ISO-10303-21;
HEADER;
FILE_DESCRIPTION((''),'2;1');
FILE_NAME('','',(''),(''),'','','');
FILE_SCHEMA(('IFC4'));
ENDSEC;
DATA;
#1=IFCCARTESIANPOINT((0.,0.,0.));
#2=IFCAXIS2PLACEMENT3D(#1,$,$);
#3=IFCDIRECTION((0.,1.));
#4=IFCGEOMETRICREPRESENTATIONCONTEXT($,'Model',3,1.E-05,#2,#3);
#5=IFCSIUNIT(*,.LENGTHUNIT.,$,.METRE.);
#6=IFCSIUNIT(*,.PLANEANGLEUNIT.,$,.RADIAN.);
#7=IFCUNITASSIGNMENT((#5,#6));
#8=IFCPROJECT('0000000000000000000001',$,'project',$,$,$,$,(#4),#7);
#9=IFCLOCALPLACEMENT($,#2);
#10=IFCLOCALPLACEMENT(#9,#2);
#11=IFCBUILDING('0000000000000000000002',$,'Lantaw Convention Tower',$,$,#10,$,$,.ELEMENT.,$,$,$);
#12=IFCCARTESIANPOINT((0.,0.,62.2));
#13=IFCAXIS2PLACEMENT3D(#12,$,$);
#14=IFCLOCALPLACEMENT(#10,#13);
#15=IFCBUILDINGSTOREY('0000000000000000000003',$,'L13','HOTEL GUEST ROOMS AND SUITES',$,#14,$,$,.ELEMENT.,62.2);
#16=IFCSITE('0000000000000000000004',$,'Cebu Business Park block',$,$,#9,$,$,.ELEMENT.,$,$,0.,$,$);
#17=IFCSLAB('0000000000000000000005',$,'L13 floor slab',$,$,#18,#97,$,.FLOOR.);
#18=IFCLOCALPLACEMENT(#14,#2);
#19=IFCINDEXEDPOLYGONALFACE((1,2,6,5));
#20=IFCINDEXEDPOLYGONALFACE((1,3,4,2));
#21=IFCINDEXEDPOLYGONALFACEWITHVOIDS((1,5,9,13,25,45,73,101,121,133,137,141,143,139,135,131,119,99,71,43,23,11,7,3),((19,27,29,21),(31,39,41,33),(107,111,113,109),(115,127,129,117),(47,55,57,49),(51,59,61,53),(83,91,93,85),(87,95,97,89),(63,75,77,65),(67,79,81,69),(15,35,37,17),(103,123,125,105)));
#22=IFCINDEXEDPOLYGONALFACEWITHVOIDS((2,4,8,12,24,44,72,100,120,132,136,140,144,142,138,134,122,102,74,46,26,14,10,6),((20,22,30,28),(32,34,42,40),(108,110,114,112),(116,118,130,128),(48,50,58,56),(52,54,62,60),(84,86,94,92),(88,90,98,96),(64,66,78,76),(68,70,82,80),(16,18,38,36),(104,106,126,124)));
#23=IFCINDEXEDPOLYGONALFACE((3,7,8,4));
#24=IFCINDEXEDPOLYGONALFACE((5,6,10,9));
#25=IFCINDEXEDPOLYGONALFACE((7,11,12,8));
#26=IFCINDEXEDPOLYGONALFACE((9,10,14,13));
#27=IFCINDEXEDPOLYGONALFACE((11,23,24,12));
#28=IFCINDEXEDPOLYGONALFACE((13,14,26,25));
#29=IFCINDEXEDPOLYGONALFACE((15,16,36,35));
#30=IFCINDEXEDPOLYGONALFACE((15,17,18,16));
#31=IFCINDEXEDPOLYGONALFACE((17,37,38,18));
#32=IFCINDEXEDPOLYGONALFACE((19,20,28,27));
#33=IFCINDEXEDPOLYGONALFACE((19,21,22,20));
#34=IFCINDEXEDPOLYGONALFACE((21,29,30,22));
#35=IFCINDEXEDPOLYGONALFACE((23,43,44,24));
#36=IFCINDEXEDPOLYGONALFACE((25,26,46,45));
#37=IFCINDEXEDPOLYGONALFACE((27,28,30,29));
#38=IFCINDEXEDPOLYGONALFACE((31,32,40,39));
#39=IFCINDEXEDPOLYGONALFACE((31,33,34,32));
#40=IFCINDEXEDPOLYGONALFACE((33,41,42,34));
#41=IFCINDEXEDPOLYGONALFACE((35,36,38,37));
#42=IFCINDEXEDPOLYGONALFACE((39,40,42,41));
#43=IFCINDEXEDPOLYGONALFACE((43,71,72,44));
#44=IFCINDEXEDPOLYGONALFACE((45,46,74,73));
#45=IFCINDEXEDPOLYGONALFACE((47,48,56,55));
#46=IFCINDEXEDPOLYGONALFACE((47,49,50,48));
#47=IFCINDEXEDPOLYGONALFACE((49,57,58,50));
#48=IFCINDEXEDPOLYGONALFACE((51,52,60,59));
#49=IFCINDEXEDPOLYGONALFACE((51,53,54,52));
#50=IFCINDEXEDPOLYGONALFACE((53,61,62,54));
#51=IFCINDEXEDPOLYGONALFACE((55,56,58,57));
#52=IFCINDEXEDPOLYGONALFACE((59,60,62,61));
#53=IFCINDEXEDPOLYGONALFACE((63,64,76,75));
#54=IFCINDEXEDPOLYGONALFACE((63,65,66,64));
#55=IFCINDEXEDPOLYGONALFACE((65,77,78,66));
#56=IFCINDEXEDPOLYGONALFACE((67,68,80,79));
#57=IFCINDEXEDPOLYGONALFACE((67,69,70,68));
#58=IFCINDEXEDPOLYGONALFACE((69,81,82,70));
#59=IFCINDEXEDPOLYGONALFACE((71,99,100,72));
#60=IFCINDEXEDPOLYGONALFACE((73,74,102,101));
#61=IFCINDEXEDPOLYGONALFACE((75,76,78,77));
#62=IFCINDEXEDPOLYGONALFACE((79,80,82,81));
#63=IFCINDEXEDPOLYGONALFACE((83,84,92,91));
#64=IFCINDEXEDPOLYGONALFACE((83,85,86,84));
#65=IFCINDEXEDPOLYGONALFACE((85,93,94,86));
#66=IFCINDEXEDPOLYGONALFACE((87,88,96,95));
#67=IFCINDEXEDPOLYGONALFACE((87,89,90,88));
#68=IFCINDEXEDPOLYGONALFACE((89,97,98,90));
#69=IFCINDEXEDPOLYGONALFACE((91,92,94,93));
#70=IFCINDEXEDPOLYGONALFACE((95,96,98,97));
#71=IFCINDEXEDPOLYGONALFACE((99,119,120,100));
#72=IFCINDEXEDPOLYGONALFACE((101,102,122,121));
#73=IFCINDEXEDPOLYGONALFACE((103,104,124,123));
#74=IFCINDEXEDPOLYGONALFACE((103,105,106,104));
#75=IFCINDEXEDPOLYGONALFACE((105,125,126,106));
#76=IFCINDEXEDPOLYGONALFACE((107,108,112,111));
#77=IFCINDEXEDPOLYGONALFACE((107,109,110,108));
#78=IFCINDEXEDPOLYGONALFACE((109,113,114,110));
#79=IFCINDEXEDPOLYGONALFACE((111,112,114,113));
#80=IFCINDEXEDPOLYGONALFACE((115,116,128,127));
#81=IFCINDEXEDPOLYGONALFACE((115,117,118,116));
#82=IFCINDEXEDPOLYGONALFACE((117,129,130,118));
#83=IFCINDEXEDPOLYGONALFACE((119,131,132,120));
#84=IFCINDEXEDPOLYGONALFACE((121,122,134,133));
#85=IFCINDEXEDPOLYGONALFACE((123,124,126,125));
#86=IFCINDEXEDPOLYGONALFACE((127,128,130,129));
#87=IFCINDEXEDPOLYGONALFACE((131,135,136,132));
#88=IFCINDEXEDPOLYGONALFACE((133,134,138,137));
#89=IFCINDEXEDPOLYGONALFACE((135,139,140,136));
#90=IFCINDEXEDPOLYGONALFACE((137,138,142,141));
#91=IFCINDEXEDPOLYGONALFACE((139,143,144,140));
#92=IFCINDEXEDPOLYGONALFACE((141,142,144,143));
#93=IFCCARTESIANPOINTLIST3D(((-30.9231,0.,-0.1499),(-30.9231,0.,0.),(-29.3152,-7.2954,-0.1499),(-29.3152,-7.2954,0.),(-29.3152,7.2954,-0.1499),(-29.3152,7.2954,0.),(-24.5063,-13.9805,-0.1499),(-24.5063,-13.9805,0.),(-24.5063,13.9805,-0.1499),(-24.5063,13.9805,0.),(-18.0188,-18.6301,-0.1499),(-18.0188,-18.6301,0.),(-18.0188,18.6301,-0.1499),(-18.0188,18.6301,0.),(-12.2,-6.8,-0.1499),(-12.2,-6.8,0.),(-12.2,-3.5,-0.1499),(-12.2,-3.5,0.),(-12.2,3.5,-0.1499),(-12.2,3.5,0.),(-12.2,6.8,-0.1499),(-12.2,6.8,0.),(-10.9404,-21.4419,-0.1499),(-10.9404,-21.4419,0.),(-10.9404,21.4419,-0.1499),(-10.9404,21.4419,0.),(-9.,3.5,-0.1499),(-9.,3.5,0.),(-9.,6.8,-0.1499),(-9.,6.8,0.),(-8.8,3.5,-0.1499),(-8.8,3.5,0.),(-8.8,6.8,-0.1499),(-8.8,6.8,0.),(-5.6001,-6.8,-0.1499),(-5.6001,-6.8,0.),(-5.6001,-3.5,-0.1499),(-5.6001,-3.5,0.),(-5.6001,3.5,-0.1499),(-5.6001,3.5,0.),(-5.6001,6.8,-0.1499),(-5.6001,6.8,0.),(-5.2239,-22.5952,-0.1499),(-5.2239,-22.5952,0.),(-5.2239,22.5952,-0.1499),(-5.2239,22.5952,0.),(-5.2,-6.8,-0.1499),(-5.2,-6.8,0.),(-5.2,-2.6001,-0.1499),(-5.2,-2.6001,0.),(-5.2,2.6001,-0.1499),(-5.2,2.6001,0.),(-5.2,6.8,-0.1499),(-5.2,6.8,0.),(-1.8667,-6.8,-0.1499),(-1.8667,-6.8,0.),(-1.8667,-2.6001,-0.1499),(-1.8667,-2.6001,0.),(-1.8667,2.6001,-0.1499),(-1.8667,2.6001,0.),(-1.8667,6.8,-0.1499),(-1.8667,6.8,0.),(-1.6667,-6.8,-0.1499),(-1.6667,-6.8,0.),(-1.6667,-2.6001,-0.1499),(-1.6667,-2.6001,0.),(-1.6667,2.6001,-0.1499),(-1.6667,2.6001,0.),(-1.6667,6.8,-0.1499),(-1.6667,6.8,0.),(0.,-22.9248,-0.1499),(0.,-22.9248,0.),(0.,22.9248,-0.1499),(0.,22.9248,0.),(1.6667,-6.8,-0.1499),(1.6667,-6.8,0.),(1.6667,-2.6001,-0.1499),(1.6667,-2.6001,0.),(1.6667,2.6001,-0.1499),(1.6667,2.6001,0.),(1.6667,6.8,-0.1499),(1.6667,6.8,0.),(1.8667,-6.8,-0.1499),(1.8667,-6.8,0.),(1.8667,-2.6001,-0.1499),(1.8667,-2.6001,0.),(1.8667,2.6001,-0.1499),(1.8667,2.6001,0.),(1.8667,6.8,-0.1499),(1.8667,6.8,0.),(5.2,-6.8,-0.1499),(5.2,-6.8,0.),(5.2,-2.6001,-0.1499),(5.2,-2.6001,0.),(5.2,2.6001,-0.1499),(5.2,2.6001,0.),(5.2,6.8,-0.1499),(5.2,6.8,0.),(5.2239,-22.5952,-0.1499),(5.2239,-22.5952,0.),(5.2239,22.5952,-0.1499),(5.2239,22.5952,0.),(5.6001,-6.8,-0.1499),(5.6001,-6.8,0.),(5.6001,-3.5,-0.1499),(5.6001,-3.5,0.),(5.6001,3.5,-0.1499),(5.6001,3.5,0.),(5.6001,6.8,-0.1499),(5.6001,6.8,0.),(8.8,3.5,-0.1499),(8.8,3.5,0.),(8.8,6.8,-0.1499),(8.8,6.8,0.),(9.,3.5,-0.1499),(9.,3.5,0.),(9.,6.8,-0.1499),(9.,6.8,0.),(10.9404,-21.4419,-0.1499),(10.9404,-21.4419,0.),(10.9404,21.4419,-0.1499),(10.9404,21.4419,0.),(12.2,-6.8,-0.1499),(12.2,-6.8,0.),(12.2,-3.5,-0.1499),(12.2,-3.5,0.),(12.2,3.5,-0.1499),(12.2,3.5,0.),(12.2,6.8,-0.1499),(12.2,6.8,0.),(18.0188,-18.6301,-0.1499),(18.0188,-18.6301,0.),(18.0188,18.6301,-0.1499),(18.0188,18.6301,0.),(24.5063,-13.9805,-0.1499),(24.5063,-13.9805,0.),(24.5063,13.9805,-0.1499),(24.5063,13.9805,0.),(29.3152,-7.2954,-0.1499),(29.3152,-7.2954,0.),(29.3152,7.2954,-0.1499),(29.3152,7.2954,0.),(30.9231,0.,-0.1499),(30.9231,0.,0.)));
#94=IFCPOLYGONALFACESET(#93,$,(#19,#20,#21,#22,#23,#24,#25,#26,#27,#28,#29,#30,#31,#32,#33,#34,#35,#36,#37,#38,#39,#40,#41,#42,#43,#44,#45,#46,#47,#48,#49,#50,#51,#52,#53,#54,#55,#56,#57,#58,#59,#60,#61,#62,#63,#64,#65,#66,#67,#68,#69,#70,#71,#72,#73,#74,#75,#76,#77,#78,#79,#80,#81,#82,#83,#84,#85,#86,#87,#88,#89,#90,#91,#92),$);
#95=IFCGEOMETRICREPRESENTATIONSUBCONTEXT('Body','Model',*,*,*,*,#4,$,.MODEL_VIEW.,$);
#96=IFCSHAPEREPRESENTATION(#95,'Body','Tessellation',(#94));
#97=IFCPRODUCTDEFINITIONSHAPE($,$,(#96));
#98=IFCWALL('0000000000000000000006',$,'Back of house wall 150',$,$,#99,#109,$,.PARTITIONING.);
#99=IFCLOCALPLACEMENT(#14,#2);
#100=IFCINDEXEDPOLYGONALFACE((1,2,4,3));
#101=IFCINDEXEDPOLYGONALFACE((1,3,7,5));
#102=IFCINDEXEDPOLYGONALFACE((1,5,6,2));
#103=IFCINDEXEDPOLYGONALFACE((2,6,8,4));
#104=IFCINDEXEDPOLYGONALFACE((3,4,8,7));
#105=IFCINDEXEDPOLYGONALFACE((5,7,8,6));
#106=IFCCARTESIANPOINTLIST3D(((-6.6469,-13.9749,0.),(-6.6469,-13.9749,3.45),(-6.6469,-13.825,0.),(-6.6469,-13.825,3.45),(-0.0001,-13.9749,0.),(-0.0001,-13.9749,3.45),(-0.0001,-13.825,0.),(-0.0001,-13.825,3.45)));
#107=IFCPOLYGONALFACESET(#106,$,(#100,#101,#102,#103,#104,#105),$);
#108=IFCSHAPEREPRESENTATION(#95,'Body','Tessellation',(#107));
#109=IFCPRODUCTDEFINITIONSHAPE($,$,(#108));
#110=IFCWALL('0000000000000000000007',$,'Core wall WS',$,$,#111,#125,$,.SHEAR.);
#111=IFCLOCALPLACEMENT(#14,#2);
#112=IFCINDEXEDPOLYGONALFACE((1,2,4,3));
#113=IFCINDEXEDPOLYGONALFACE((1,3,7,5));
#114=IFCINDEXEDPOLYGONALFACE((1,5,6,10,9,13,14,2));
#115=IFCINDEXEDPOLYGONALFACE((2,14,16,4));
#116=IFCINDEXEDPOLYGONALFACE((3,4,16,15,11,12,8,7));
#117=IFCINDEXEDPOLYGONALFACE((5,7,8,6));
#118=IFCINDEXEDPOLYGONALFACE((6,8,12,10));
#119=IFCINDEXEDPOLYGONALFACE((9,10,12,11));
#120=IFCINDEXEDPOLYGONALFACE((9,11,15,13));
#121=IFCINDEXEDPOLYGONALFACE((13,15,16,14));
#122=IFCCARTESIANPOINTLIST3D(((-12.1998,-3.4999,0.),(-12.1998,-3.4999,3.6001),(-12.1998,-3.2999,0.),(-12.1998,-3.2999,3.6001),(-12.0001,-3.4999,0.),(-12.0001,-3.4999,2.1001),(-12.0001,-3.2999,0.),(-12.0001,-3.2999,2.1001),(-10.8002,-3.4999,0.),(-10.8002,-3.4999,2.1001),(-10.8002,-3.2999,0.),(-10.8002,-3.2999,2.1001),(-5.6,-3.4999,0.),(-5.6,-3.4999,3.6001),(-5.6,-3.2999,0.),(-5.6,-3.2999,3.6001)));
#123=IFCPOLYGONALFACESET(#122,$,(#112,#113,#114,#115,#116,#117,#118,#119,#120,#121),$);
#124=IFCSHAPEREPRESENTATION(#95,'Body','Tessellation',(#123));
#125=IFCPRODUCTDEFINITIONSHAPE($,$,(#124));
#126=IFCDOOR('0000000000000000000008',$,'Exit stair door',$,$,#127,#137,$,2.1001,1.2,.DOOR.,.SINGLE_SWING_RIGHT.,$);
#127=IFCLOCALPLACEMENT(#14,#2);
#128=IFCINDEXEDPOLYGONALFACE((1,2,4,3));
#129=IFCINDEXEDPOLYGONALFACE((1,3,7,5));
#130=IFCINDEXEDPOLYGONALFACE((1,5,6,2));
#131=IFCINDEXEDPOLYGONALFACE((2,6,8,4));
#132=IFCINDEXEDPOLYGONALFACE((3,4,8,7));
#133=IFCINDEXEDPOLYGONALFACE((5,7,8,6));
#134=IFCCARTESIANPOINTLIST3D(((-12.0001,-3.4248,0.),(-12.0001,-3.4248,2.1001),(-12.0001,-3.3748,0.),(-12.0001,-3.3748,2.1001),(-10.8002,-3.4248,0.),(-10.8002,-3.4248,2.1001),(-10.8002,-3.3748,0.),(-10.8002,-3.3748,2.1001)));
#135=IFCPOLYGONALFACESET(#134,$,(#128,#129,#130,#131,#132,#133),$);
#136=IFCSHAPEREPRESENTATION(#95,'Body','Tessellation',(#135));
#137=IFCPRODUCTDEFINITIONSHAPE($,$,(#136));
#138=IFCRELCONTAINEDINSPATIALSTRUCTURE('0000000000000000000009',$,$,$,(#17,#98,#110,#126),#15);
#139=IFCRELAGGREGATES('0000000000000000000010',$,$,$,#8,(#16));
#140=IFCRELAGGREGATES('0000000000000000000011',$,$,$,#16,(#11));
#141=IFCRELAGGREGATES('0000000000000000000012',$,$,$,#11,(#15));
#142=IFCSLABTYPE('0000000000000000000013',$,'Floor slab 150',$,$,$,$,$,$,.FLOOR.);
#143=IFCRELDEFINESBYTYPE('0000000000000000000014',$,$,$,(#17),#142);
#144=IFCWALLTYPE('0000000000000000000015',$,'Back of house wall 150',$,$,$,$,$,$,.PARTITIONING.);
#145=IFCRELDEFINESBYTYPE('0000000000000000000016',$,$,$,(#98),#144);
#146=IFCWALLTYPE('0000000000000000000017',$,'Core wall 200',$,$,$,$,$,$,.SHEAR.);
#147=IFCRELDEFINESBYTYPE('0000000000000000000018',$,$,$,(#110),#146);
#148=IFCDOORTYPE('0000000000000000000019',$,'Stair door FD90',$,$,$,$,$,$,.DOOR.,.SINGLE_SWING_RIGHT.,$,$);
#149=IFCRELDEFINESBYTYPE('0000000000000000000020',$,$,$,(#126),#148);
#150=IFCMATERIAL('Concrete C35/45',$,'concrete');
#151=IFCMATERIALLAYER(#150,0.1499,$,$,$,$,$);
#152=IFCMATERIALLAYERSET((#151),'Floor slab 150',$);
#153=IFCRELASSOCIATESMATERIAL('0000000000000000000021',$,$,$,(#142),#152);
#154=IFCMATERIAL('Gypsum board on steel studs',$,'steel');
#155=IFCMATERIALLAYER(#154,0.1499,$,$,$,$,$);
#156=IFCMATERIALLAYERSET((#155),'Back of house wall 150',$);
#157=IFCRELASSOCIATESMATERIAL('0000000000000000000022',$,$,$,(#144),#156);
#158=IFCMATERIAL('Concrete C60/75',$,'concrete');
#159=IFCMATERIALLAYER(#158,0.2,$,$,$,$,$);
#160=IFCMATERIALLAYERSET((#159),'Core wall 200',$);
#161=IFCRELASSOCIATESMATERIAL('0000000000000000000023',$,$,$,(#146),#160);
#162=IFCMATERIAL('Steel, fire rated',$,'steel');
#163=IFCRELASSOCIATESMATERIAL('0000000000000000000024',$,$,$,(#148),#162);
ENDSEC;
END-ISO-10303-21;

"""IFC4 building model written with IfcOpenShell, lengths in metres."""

from ifc_helpers import new_model, si_unit, direction, frame, frame_2d, origin, place, context, subcontext, project, spatial, polyline, rectangle, outline, extrude, material, layer, layer_set, type_object, element, fill, save


model = new_model("IFC4")

# Units and contexts
model_context = context("Model", 3, precision=1e-05, world=origin(), true_north=direction((0.0, 1.0)))
body_context = subcontext(model_context, "Body", "Model", "MODEL_VIEW")
ifc_project = project(units=[si_unit("LENGTHUNIT", "METRE"), si_unit("PLANEANGLEUNIT", "RADIAN")], contexts=[model_context])

# Site, building, storey
site_placement = place(None, origin())
site = spatial("IfcSite", under=ifc_project, at=site_placement, Name="Cebu Business Park block", CompositionType="ELEMENT", RefElevation=0.0)
building_placement = place(site_placement, origin())
building = spatial("IfcBuilding", under=site, at=building_placement, Name="Lantaw Convention Tower", CompositionType="ELEMENT")
storey_placement = place(building_placement, frame((0.0, 0.0, 62.2)))
storey = spatial("IfcBuildingStorey", under=building, at=storey_placement, Name="L13", Description="HOTEL GUEST ROOMS AND SUITES", CompositionType="ELEMENT", Elevation=62.2)

# Shared definitions
ifc_material_1 = material(Name="Concrete C60/75", Category="concrete")

# Slab
ifc_material_2 = material(Name="Concrete C35/45", Category="concrete")
ifc_layer_1 = layer(ifc_material_2, 0.1499)
ifc_layer_set_1 = layer_set([ifc_layer_1], Name="Floor slab 150")
slab_type = type_object("IfcSlabType", Name="Floor slab 150", PredefinedType="FLOOR", material=ifc_layer_set_1)
slab_placement = place(storey_placement, frame((0.0, 0.0, -0.1499)))
element("IfcSlab", 1, at=slab_placement, inside=storey, type_object=slab_type, Name="L13 floor slab", PredefinedType="FLOOR", context=body_context, shape_type="SweptSolid", body=[
    extrude(outline(polyline([(29.3152, -7.2954), (30.9231, 0.0), (29.3152, 7.2954), (24.5063, 13.9805), (18.0188, 18.6301), (10.9404, 21.4419), (5.2239, 22.5952), (0.0, 22.9248), (-5.2239, 22.5952), (-10.9404, 21.4419), (-18.0188, 18.6301), (-24.5063, 13.9805), (-29.3152, 7.2954), (-30.9231, 0.0), (-29.3152, -7.2954), (-24.5063, -13.9805), (-18.0188, -18.6301), (-10.9404, -21.4419), (-5.2239, -22.5952), (0.0, -22.9248), (5.2239, -22.5952), (10.9404, -21.4419), (18.0188, -18.6301), (24.5063, -13.9805), (29.3152, -7.2954)]), holes=[polyline([(-5.6001, -3.5), (-12.2, -3.5), (-12.2, -6.8), (-5.6001, -6.8), (-5.6001, -3.5)]), polyline([(-1.8667, -6.8), (-1.8667, -2.6001), (-5.2, -2.6001), (-5.2, -6.8), (-1.8667, -6.8)]), polyline([(-1.8667, 2.6001), (-1.8667, 6.8), (-5.2, 6.8), (-5.2, 2.6001), (-1.8667, 2.6001)]), polyline([(1.6667, 6.8), (-1.6667, 6.8), (-1.6667, 2.6001), (1.6667, 2.6001), (1.6667, 6.8)]), polyline([(-9.0, 3.5), (-9.0, 6.8), (-12.2, 6.8), (-12.2, 3.5), (-9.0, 3.5)]), polyline([(-5.6001, 3.5), (-5.6001, 6.8), (-8.8, 6.8), (-8.8, 3.5), (-5.6001, 3.5)]), polyline([(12.2, -3.5), (5.6001, -3.5), (5.6001, -6.8), (12.2, -6.8), (12.2, -3.5)]), polyline([(1.6667, -6.8), (1.6667, -2.6001), (-1.6667, -2.6001), (-1.6667, -6.8), (1.6667, -6.8)]), polyline([(5.2, -6.8), (5.2, -2.6001), (1.8667, -2.6001), (1.8667, -6.8), (5.2, -6.8)]), polyline([(5.2, 6.8), (1.8667, 6.8), (1.8667, 2.6001), (5.2, 2.6001), (5.2, 6.8)]), polyline([(8.8, 3.5), (8.8, 6.8), (5.6001, 6.8), (5.6001, 3.5), (8.8, 3.5)]), polyline([(12.2, 3.5), (12.2, 6.8), (9.0, 6.8), (9.0, 3.5), (12.2, 3.5)])]), origin(), (0.0, 0.0, 1.0), 0.1499),
])

# Wall
ifc_material_3 = material(Name="Gypsum board on steel studs", Category="steel")
ifc_layer_2 = layer(ifc_material_3, 0.1499)
ifc_layer_set_2 = layer_set([ifc_layer_2], Name="Back of house wall 150")
wall_type_1 = type_object("IfcWallType", Name="Back of house wall 150", PredefinedType="PARTITIONING", material=ifc_layer_set_2)
wall_1_placement = place(storey_placement, frame((-6.6467, -13.8999, 0.0), z_axis=(0.0, 0.0, 1.0), x_axis=(1.0, 0.0, 0.0)))
element("IfcWall", 2, at=wall_1_placement, inside=storey, type_object=wall_type_1, Name="Back of house wall 150", PredefinedType="PARTITIONING", context=body_context, shape_type="SweptSolid", body=[
    extrude(rectangle(XDim=6.6467, YDim=0.1499, at=frame_2d((3.3232, 0.0))), origin(), (0.0, 0.0, 1.0), 3.45),
])

# Wall, opening, door
ifc_layer_3 = layer(ifc_material_1, 0.2)
ifc_layer_set_3 = layer_set([ifc_layer_3], Name="Core wall 200")
wall_type_2 = type_object("IfcWallType", Name="Core wall 200", PredefinedType="SHEAR", material=ifc_layer_set_3)
wall_2_placement = place(storey_placement, frame((-5.6001, -3.3999, 0.0), z_axis=(0.0, 0.0, 1.0), x_axis=(-1.0, 0.0, 0.0)))
wall_2 = element("IfcWall", 3, at=wall_2_placement, inside=storey, type_object=wall_type_2, Name="Core wall WS", PredefinedType="SHEAR", context=body_context, shape_type="SweptSolid", body=[
    extrude(rectangle(XDim=6.5999, YDim=0.2, at=frame_2d((3.2998, 0.0))), origin(), (0.0, 0.0, 1.0), 3.6001),
])
opening_1_placement = place(wall_2_placement, frame((5.2, 0.0, 0.0)))
opening_1 = element("IfcOpeningElement", 4, at=opening_1_placement, cuts=wall_2, PredefinedType="OPENING", context=body_context, shape_type="SweptSolid", body=[
    extrude(rectangle(XDim=1.2, YDim=2.1001, at=frame_2d((0.6001, 1.05))), frame((0.0, 0.1099, 0.0), z_axis=(0.0, -1.0, 0.0), x_axis=(1.0, 0.0, 0.0)), (0.0, 0.0, 1.0), 0.22),
])
ifc_material_4 = material(Name="Steel, fire rated", Category="steel")
door_type_1 = type_object("IfcDoorType", Name="Stair door FD90", OperationType="SINGLE_SWING_RIGHT", PredefinedType="DOOR", material=ifc_material_4)
door_1_placement = place(opening_1_placement, origin())
door_1 = element("IfcDoor", 5, at=door_1_placement, inside=storey, type_object=door_type_1, Name="Exit stair door", OperationType="SINGLE_SWING_RIGHT", OverallHeight=2.1001, OverallWidth=1.2, PredefinedType="DOOR", context=body_context, shape_type="SweptSolid", body=[
    extrude(rectangle(XDim=1.2, YDim=2.1001, at=frame_2d((0.6001, 1.05))), frame((0.0, 0.0249, 0.0), z_axis=(0.0, -1.0, 0.0), x_axis=(1.0, 0.0, 0.0)), (0.0, 0.0, 1.0), 0.05),
])
fill(opening_1, door_1)

save(model, "model.ifc")
